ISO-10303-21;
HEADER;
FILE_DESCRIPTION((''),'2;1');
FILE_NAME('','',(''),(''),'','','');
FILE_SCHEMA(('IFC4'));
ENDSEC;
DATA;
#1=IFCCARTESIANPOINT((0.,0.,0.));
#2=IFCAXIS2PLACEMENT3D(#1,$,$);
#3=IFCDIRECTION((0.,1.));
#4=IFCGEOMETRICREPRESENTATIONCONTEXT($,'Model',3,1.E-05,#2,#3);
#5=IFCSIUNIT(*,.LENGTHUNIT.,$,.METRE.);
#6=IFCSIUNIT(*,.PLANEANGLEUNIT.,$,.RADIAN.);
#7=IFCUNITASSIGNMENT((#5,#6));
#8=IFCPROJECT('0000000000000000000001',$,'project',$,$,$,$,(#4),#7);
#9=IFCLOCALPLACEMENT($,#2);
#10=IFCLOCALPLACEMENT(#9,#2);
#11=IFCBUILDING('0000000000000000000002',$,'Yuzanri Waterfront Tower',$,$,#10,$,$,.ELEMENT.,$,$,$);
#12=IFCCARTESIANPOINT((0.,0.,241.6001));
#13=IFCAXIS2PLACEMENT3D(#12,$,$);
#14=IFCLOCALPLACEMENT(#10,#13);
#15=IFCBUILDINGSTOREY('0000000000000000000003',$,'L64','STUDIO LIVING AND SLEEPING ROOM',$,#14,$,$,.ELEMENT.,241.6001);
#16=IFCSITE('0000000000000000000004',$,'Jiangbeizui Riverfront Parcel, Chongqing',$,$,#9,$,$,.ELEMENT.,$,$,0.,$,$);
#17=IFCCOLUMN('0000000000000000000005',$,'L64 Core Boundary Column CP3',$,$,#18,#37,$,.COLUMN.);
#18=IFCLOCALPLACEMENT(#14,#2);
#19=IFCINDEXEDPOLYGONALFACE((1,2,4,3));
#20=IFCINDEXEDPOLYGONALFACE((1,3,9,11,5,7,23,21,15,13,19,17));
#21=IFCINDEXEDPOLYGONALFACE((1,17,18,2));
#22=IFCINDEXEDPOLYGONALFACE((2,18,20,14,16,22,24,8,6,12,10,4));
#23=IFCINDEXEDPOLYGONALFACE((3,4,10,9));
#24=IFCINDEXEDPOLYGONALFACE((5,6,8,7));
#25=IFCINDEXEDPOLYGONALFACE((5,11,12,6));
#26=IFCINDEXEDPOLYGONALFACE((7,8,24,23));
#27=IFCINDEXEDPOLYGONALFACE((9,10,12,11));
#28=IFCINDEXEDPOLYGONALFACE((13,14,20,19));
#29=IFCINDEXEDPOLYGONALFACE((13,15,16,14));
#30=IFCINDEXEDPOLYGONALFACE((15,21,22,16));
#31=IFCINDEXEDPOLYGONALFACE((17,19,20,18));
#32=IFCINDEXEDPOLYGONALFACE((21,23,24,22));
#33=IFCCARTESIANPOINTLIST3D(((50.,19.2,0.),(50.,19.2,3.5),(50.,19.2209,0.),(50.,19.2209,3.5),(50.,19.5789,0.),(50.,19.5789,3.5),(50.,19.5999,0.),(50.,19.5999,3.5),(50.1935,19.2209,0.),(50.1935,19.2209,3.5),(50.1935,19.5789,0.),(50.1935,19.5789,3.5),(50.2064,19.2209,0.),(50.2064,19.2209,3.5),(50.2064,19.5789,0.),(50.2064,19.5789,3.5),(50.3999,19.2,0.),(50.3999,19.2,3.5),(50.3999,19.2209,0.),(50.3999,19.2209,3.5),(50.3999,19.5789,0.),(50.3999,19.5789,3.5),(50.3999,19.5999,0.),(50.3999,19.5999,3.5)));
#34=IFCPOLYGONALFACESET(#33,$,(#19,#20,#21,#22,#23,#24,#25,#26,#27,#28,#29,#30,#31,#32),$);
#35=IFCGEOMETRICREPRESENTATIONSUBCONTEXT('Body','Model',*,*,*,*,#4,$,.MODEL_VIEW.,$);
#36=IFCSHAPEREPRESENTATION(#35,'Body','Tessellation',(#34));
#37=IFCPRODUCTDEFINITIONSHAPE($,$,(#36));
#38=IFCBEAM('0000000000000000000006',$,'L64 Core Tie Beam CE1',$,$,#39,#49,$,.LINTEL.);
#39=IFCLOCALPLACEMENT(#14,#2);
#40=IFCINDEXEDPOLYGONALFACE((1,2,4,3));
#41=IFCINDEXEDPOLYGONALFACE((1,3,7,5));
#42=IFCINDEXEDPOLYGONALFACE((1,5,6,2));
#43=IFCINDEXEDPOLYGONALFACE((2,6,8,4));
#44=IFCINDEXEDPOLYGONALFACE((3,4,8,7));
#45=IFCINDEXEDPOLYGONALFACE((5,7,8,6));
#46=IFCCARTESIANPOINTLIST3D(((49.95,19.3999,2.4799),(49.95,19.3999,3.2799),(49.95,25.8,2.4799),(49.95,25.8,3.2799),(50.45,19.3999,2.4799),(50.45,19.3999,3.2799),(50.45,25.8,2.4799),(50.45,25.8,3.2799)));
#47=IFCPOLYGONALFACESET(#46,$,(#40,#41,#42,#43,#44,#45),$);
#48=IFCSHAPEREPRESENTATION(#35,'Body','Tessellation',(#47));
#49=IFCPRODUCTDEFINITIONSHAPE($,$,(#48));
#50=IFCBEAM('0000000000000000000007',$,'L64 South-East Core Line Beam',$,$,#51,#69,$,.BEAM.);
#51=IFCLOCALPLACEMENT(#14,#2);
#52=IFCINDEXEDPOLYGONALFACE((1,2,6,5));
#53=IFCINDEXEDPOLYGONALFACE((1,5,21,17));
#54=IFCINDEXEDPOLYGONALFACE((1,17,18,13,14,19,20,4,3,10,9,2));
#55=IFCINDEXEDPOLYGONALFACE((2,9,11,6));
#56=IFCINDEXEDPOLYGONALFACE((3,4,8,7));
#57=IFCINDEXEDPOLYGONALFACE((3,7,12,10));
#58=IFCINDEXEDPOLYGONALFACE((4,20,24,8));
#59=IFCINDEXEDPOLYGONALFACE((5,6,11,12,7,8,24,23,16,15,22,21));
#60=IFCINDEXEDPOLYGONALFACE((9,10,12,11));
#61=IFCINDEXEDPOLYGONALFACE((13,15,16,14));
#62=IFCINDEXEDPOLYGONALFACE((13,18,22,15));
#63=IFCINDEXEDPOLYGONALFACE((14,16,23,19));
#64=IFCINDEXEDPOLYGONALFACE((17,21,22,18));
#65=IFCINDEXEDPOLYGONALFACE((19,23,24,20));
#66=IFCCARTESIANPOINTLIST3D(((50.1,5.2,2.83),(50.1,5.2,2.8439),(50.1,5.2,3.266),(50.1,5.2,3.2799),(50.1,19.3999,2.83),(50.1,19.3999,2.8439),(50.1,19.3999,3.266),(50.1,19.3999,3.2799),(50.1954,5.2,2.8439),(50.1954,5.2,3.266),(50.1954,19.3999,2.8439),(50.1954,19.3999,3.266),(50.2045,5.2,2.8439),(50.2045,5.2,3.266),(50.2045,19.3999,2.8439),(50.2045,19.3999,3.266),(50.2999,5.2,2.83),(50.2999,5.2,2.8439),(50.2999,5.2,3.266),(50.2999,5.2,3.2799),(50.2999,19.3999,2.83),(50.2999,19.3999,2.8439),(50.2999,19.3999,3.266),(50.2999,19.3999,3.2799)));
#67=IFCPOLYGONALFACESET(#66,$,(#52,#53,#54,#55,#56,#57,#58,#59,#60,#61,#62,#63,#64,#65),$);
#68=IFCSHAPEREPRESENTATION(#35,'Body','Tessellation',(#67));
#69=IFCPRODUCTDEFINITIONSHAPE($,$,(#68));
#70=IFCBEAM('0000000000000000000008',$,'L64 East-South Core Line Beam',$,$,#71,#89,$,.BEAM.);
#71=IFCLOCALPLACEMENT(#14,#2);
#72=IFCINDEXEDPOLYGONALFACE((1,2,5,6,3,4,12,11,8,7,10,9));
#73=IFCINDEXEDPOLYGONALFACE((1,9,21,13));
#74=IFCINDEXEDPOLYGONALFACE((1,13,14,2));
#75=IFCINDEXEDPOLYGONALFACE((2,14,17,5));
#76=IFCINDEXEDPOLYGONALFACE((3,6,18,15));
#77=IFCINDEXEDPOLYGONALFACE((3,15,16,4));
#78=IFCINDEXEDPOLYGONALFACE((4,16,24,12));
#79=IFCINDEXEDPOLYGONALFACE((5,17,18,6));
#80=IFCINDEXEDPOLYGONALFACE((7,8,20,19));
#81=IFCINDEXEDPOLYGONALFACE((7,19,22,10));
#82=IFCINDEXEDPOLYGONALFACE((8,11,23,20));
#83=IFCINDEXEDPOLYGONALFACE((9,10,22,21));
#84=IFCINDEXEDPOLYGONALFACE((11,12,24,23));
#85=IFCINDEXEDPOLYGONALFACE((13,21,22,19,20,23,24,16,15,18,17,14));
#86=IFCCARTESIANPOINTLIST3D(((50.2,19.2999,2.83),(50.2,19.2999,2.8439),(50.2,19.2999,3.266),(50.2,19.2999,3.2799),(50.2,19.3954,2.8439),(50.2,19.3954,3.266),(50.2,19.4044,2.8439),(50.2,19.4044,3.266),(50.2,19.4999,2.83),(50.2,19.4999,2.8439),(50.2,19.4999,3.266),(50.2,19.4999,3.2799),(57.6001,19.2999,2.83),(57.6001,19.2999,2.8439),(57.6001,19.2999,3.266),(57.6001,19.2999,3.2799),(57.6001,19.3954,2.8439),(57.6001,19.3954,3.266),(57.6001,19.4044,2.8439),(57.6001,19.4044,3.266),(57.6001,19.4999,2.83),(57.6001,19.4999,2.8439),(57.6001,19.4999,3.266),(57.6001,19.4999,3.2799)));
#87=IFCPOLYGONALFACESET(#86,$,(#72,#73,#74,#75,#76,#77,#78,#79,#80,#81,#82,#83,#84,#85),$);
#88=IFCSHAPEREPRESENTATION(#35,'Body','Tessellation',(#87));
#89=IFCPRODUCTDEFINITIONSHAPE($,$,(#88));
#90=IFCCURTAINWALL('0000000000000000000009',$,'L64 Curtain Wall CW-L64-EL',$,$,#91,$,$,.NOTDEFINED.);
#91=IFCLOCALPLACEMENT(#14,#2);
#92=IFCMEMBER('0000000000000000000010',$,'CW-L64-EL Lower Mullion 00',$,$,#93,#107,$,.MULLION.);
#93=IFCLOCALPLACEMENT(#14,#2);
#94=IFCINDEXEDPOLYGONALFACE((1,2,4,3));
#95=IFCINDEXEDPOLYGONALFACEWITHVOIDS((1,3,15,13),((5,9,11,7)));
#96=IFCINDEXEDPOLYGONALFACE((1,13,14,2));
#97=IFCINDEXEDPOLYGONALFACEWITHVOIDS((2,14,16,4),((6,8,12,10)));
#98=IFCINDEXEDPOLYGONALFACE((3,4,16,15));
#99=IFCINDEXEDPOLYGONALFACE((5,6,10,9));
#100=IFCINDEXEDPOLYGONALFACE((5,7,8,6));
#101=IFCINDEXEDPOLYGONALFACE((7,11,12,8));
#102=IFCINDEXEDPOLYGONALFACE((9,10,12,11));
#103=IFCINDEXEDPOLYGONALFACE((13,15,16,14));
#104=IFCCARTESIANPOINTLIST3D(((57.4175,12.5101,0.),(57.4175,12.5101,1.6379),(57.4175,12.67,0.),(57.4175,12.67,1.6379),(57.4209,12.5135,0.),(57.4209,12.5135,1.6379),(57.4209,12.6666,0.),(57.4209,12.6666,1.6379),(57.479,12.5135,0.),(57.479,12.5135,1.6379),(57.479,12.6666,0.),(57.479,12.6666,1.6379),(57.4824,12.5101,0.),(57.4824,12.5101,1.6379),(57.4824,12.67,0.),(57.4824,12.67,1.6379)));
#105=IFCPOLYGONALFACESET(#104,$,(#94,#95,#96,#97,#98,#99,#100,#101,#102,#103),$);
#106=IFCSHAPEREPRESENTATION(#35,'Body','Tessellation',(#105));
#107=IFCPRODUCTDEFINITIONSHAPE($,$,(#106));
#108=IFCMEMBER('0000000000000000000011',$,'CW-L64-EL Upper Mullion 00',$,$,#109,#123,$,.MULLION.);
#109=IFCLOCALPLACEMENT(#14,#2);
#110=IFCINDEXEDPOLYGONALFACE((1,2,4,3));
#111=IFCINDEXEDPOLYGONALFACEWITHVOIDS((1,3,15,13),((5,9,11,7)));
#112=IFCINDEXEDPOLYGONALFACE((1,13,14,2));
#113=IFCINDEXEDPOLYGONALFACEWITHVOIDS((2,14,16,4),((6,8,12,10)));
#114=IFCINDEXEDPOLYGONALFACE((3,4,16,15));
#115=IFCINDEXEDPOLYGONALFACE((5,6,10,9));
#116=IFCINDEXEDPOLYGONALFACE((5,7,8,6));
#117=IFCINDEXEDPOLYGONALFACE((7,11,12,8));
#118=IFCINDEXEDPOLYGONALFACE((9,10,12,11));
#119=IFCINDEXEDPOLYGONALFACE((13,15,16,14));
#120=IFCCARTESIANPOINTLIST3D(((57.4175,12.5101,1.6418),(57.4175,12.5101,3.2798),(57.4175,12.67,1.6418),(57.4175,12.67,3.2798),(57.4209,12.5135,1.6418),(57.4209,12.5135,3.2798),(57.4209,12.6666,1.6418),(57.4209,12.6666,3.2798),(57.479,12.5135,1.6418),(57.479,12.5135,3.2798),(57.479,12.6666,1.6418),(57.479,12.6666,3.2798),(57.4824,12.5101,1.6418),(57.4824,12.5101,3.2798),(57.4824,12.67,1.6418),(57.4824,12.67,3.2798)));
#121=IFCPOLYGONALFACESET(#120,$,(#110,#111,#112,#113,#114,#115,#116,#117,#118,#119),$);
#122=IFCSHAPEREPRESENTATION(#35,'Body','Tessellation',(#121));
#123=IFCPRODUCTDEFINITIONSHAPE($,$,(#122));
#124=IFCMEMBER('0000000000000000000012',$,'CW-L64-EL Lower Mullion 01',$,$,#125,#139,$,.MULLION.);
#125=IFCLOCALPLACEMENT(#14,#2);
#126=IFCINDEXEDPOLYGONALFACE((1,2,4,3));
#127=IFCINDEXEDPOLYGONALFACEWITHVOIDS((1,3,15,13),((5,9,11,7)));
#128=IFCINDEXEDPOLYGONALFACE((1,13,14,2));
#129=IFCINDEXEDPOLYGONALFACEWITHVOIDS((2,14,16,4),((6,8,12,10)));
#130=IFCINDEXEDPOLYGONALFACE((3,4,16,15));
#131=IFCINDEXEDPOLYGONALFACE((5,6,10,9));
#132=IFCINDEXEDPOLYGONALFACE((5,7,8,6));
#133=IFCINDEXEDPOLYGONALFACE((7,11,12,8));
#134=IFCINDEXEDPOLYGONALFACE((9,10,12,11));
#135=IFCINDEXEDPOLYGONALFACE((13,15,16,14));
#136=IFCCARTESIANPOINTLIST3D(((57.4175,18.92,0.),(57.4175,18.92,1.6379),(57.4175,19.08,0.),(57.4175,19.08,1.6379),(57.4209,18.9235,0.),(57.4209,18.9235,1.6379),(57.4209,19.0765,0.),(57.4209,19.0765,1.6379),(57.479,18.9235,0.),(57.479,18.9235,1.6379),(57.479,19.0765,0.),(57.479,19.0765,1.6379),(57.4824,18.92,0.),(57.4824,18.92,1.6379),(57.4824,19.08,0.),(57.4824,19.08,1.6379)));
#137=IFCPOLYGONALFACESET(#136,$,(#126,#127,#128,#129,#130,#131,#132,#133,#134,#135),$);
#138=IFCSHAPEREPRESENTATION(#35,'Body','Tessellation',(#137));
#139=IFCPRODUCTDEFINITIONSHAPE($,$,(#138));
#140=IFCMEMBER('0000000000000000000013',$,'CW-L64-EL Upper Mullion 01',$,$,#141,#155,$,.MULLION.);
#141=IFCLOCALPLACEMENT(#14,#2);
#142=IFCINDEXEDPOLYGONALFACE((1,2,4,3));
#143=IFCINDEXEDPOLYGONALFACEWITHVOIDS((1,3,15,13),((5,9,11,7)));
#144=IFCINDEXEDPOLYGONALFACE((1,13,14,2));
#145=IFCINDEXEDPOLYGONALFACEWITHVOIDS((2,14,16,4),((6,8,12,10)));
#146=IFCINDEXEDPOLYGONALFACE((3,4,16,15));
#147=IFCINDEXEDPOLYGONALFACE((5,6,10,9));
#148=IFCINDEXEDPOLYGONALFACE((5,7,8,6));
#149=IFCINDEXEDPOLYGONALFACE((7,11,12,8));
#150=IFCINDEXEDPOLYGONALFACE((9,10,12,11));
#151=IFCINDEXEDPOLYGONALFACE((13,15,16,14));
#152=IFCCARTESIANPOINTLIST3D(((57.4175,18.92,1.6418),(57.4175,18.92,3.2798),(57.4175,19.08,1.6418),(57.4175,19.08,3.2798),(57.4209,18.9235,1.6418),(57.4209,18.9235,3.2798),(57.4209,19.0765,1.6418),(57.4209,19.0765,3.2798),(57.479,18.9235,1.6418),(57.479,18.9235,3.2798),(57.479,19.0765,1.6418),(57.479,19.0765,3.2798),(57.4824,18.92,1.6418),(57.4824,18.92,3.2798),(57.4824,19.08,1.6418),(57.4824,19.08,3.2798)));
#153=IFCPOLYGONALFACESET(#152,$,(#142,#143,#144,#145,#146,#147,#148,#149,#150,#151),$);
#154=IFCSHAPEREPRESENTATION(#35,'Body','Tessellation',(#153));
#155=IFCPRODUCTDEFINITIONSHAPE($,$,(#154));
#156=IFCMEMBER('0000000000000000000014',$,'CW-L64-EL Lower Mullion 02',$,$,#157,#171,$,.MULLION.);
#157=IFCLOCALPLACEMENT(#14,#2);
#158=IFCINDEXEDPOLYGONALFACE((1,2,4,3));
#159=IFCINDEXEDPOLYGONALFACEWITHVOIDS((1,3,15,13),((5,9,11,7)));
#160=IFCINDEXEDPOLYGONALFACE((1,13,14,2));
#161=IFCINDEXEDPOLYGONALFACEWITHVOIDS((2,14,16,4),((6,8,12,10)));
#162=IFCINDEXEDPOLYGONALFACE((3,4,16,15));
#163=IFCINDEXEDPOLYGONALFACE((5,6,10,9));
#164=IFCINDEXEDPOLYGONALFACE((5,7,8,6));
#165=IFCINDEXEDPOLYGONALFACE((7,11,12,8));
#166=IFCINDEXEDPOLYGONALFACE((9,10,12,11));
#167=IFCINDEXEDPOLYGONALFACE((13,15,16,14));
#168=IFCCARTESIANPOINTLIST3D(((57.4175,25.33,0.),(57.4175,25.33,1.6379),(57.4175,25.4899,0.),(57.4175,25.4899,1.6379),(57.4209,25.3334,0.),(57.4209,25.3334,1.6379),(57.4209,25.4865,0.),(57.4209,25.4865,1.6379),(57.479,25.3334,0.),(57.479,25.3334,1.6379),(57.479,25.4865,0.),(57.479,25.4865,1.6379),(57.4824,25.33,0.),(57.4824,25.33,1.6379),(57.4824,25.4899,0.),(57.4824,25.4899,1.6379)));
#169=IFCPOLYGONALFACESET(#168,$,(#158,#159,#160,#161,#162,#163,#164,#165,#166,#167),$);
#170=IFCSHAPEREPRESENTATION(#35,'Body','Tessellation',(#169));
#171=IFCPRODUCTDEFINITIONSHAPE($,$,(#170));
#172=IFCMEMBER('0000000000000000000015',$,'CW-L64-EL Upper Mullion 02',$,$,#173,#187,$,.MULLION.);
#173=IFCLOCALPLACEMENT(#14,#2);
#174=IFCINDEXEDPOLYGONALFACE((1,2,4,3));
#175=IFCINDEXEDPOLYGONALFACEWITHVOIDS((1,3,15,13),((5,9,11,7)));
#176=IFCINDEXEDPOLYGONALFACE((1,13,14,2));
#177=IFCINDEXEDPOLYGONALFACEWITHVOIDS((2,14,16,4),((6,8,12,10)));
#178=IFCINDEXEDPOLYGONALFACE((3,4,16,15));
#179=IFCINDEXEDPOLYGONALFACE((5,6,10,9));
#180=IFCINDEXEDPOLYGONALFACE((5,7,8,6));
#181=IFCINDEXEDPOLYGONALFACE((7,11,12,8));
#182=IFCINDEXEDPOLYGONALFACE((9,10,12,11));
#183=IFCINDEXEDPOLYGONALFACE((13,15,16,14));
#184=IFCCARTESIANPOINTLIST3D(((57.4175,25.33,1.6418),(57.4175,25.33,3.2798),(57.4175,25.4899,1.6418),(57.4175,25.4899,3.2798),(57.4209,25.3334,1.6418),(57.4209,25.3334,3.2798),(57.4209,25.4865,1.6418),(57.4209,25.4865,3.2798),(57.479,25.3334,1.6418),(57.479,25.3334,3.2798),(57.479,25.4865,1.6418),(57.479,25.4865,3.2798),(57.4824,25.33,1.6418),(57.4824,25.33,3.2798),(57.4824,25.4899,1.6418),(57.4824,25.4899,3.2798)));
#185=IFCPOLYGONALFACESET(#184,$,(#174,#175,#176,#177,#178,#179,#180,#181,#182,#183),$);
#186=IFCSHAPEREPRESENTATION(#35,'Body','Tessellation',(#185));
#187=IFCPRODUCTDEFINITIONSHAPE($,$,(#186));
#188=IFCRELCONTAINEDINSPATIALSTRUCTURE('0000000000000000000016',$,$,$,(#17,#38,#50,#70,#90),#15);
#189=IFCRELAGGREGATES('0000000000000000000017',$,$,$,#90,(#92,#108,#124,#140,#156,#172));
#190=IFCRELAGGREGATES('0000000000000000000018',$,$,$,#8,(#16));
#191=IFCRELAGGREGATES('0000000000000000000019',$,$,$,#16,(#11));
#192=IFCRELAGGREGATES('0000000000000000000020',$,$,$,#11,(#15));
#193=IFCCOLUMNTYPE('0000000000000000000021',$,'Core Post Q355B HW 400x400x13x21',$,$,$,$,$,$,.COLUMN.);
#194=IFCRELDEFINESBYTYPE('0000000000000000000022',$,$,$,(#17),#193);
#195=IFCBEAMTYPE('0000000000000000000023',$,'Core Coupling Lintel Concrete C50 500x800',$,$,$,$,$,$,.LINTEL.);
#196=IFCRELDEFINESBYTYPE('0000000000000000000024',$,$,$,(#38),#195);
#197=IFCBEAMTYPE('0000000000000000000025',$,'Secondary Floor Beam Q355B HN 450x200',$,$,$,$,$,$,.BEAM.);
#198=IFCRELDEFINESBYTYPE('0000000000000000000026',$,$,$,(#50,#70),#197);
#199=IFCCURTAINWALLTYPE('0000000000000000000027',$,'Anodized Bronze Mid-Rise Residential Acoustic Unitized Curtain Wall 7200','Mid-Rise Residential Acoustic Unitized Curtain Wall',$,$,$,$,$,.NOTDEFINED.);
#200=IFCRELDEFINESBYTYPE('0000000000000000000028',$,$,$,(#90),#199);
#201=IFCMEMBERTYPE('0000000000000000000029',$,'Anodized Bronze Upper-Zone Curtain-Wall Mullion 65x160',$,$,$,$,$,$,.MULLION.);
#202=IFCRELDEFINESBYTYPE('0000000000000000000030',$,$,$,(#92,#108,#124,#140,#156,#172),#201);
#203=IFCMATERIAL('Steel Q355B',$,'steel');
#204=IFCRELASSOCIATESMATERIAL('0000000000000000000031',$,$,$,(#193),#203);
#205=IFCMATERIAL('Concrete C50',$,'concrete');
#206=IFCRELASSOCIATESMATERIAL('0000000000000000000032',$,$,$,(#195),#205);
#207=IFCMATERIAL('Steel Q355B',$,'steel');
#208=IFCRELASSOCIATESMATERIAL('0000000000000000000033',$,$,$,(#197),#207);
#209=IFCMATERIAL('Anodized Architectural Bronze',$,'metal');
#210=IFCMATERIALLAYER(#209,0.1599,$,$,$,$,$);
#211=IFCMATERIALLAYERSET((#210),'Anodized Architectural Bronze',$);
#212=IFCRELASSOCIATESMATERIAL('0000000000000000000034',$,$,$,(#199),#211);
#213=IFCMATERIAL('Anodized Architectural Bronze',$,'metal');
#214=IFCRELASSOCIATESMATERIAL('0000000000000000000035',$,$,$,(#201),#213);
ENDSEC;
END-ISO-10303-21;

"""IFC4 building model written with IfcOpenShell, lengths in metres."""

from ifc_helpers import new_model, si_unit, direction, frame, origin, origin_2d, place, context, subcontext, project, spatial, rectangle, hollow_rectangle, i_section, extrude, source, transform, mapped, material, layer, layer_set, material_profile, profile_set, type_object, element, aggregate, save


model = new_model("IFC4")

# Units and contexts
model_context = context("Model", 3, precision=1e-05, world=origin(), true_north=direction((0.0, 1.0)))
body_context = subcontext(model_context, "Body", "Model", "MODEL_VIEW")
ifc_project = project(units=[si_unit("LENGTHUNIT", "METRE"), si_unit("PLANEANGLEUNIT", "RADIAN")], contexts=[model_context])

# Site, building, storey
site_placement = place(None, origin())
site = spatial("IfcSite", under=ifc_project, at=site_placement, Name="Jiangbeizui Riverfront Parcel, Chongqing", CompositionType="ELEMENT", RefElevation=0.0)
building_placement = place(site_placement, origin())
building = spatial("IfcBuilding", under=site, at=building_placement, Name="Yuzanri Waterfront Tower", CompositionType="ELEMENT")
storey_placement = place(building_placement, frame((0.0, 0.0, 241.6001)))
storey = spatial("IfcBuildingStorey", under=building, at=storey_placement, Name="L64", Description="STUDIO LIVING AND SLEEPING ROOM", CompositionType="ELEMENT", Elevation=241.6001)

# Column
ifc_material_1 = material(Name="Steel Q355B", Category="steel")
ifc_material_profile_1 = material_profile(ifc_material_1, i_section(OverallWidth=0.3999, OverallDepth=0.3999, WebThickness=0.0129, FlangeThickness=0.021, at=origin_2d()), Name="HW 400x400x13x21")
ifc_profile_set_1 = profile_set([ifc_material_profile_1], Name="Steel Q355B")
column_type = type_object("IfcColumnType", Name="Core Post Q355B HW 400x400x13x21", PredefinedType="COLUMN", material=ifc_profile_set_1)
shared_shape_1 = source(origin(), body_context, "Body", "SweptSolid", [
    extrude(i_section(OverallWidth=0.3999, OverallDepth=0.3999, WebThickness=0.0129, FlangeThickness=0.021, at=origin_2d()), origin(), (0.0, 0.0, 1.0), 3.5),
])
column_placement = place(storey_placement, frame((50.2, 19.3999, 0.0), z_axis=(0.0, 0.0, 1.0), x_axis=(1.0, 0.0, 0.0)))
element("IfcColumn", 1, at=column_placement, inside=storey, type_object=column_type, Name="L64 Core Boundary Column CP3", PredefinedType="COLUMN", context=body_context, shape_type="MappedRepresentation", body=[
    mapped(shared_shape_1, transform((0.0, 0.0, 0.0), scale=1.0)),
])

# Beams
ifc_material_2 = material(Name="Concrete C50", Category="concrete")
ifc_material_profile_2 = material_profile(ifc_material_2, rectangle(XDim=0.5, YDim=0.8, at=origin_2d()), Name="RC 500x800")
ifc_profile_set_2 = profile_set([ifc_material_profile_2], Name="Concrete C50")
beam_type_1 = type_object("IfcBeamType", Name="Core Coupling Lintel Concrete C50 500x800", PredefinedType="LINTEL", material=ifc_profile_set_2)
shared_shape_2 = source(origin(), body_context, "Body", "SweptSolid", [
    extrude(rectangle(XDim=0.5, YDim=0.8, at=origin_2d()), origin(), (0.0, 0.0, 1.0), 6.4001),
])
beam_1_placement = place(storey_placement, frame((50.2, 19.3999, 2.8799), z_axis=(0.0, 1.0, 0.0), x_axis=(-1.0, 0.0, 0.0)))
element("IfcBeam", 2, at=beam_1_placement, inside=storey, type_object=beam_type_1, Name="L64 Core Tie Beam CE1", PredefinedType="LINTEL", context=body_context, shape_type="MappedRepresentation", body=[
    mapped(shared_shape_2, transform((0.0, 0.0, 0.0), scale=1.0)),
])
ifc_material_3 = material(Name="Steel Q355B", Category="steel")
ifc_material_profile_3 = material_profile(ifc_material_3, i_section(OverallWidth=0.2, OverallDepth=0.45, WebThickness=0.009, FlangeThickness=0.0139, at=origin_2d()), Name="HN 450x200x9x14")
ifc_profile_set_3 = profile_set([ifc_material_profile_3], Name="Steel Q355B")
beam_type_2 = type_object("IfcBeamType", Name="Secondary Floor Beam Q355B HN 450x200", PredefinedType="BEAM", material=ifc_profile_set_3)
shared_shape_3 = source(origin(), body_context, "Body", "SweptSolid", [
    extrude(i_section(OverallWidth=0.2, OverallDepth=0.45, WebThickness=0.009, FlangeThickness=0.0139, at=origin_2d()), origin(), (0.0, 0.0, 1.0), 14.2),
])
beam_2_placement = place(storey_placement, frame((50.2, 19.3999, 3.0549), z_axis=(0.0, -1.0, 0.0), x_axis=(1.0, 0.0, 0.0)))
element("IfcBeam", 3, at=beam_2_placement, inside=storey, type_object=beam_type_2, Name="L64 South-East Core Line Beam", PredefinedType="BEAM", context=body_context, shape_type="MappedRepresentation", body=[
    mapped(shared_shape_3, transform((0.0, 0.0, 0.0), scale=1.0)),
])
shared_shape_4 = source(origin(), body_context, "Body", "SweptSolid", [
    extrude(i_section(OverallWidth=0.2, OverallDepth=0.45, WebThickness=0.009, FlangeThickness=0.0139, at=origin_2d()), origin(), (0.0, 0.0, 1.0), 7.4001),
])
beam_3_placement = place(storey_placement, frame((50.2, 19.3999, 3.0549), z_axis=(1.0, 0.0, 0.0), x_axis=(0.0, 1.0, 0.0)))
element("IfcBeam", 4, at=beam_3_placement, inside=storey, type_object=beam_type_2, Name="L64 East-South Core Line Beam", PredefinedType="BEAM", context=body_context, shape_type="MappedRepresentation", body=[
    mapped(shared_shape_4, transform((0.0, 0.0, 0.0), scale=1.0)),
])

# Curtain wall, members
ifc_material_4 = material(Name="Anodized Architectural Bronze", Category="metal")
ifc_layer_1 = layer(ifc_material_4, 0.1599)
ifc_layer_set_1 = layer_set([ifc_layer_1], Name="Anodized Architectural Bronze")
curtain_wall_type = type_object("IfcCurtainWallType", Name="Anodized Bronze Mid-Rise Residential Acoustic Unitized Curtain Wall 7200", Description="Mid-Rise Residential Acoustic Unitized Curtain Wall", PredefinedType="NOTDEFINED", material=ifc_layer_set_1)
curtain_wall_placement = place(storey_placement, origin())
curtain_wall = element("IfcCurtainWall", 5, at=curtain_wall_placement, inside=storey, type_object=curtain_wall_type, Name="L64 Curtain Wall CW-L64-EL", PredefinedType="NOTDEFINED")
ifc_material_5 = material(Name="Anodized Architectural Bronze", Category="metal")
ifc_material_profile_4 = material_profile(ifc_material_5, hollow_rectangle(XDim=0.0649, YDim=0.1599, WallThickness=0.0034, at=origin_2d()), Name="CWM 65x160")
ifc_profile_set_4 = profile_set([ifc_material_profile_4], Name="Anodized Architectural Bronze")
member_type = type_object("IfcMemberType", Name="Anodized Bronze Upper-Zone Curtain-Wall Mullion 65x160", PredefinedType="MULLION", material=ifc_profile_set_4)
shared_shape_5 = source(origin(), body_context, "Body", "SweptSolid", [
    extrude(hollow_rectangle(XDim=0.0649, YDim=0.1599, WallThickness=0.0034, at=origin_2d()), origin(), (0.0, 0.0, 1.0), 1.6379),
])
member_1_placement = place(storey_placement, frame((57.45, 12.5901, 0.0), z_axis=(0.0, 0.0, 1.0), x_axis=(1.0, 0.0, 0.0)))
member_1 = element("IfcMember", 6, at=member_1_placement, type_object=member_type, Name="CW-L64-EL Lower Mullion 00", PredefinedType="MULLION", context=body_context, shape_type="MappedRepresentation", body=[
    mapped(shared_shape_5, transform((0.0, 0.0, 0.0), scale=1.0)),
])
member_2_placement = place(storey_placement, frame((57.45, 12.5901, 1.6418), z_axis=(0.0, 0.0, 1.0), x_axis=(1.0, 0.0, 0.0)))
member_2 = element("IfcMember", 7, at=member_2_placement, type_object=member_type, Name="CW-L64-EL Upper Mullion 00", PredefinedType="MULLION", context=body_context, shape_type="MappedRepresentation", body=[
    mapped(shared_shape_5, transform((0.0, 0.0, 0.0), scale=1.0)),
])
member_3_placement = place(storey_placement, frame((57.45, 19.0, 0.0), z_axis=(0.0, 0.0, 1.0), x_axis=(1.0, 0.0, 0.0)))
member_3 = element("IfcMember", 8, at=member_3_placement, type_object=member_type, Name="CW-L64-EL Lower Mullion 01", PredefinedType="MULLION", context=body_context, shape_type="MappedRepresentation", body=[
    mapped(shared_shape_5, transform((0.0, 0.0, 0.0), scale=1.0)),
])
member_4_placement = place(storey_placement, frame((57.45, 19.0, 1.6418), z_axis=(0.0, 0.0, 1.0), x_axis=(1.0, 0.0, 0.0)))
member_4 = element("IfcMember", 9, at=member_4_placement, type_object=member_type, Name="CW-L64-EL Upper Mullion 01", PredefinedType="MULLION", context=body_context, shape_type="MappedRepresentation", body=[
    mapped(shared_shape_5, transform((0.0, 0.0, 0.0), scale=1.0)),
])
member_5_placement = place(storey_placement, frame((57.45, 25.4099, 0.0), z_axis=(0.0, 0.0, 1.0), x_axis=(1.0, 0.0, 0.0)))
member_5 = element("IfcMember", 10, at=member_5_placement, type_object=member_type, Name="CW-L64-EL Lower Mullion 02", PredefinedType="MULLION", context=body_context, shape_type="MappedRepresentation", body=[
    mapped(shared_shape_5, transform((0.0, 0.0, 0.0), scale=1.0)),
])
member_6_placement = place(storey_placement, frame((57.45, 25.4099, 1.6418), z_axis=(0.0, 0.0, 1.0), x_axis=(1.0, 0.0, 0.0)))
member_6 = element("IfcMember", 11, at=member_6_placement, type_object=member_type, Name="CW-L64-EL Upper Mullion 02", PredefinedType="MULLION", context=body_context, shape_type="MappedRepresentation", body=[
    mapped(shared_shape_5, transform((0.0, 0.0, 0.0), scale=1.0)),
])
aggregate(curtain_wall, [member_1, member_2, member_3, member_4, member_5, member_6])

save(model, "model.ifc")
